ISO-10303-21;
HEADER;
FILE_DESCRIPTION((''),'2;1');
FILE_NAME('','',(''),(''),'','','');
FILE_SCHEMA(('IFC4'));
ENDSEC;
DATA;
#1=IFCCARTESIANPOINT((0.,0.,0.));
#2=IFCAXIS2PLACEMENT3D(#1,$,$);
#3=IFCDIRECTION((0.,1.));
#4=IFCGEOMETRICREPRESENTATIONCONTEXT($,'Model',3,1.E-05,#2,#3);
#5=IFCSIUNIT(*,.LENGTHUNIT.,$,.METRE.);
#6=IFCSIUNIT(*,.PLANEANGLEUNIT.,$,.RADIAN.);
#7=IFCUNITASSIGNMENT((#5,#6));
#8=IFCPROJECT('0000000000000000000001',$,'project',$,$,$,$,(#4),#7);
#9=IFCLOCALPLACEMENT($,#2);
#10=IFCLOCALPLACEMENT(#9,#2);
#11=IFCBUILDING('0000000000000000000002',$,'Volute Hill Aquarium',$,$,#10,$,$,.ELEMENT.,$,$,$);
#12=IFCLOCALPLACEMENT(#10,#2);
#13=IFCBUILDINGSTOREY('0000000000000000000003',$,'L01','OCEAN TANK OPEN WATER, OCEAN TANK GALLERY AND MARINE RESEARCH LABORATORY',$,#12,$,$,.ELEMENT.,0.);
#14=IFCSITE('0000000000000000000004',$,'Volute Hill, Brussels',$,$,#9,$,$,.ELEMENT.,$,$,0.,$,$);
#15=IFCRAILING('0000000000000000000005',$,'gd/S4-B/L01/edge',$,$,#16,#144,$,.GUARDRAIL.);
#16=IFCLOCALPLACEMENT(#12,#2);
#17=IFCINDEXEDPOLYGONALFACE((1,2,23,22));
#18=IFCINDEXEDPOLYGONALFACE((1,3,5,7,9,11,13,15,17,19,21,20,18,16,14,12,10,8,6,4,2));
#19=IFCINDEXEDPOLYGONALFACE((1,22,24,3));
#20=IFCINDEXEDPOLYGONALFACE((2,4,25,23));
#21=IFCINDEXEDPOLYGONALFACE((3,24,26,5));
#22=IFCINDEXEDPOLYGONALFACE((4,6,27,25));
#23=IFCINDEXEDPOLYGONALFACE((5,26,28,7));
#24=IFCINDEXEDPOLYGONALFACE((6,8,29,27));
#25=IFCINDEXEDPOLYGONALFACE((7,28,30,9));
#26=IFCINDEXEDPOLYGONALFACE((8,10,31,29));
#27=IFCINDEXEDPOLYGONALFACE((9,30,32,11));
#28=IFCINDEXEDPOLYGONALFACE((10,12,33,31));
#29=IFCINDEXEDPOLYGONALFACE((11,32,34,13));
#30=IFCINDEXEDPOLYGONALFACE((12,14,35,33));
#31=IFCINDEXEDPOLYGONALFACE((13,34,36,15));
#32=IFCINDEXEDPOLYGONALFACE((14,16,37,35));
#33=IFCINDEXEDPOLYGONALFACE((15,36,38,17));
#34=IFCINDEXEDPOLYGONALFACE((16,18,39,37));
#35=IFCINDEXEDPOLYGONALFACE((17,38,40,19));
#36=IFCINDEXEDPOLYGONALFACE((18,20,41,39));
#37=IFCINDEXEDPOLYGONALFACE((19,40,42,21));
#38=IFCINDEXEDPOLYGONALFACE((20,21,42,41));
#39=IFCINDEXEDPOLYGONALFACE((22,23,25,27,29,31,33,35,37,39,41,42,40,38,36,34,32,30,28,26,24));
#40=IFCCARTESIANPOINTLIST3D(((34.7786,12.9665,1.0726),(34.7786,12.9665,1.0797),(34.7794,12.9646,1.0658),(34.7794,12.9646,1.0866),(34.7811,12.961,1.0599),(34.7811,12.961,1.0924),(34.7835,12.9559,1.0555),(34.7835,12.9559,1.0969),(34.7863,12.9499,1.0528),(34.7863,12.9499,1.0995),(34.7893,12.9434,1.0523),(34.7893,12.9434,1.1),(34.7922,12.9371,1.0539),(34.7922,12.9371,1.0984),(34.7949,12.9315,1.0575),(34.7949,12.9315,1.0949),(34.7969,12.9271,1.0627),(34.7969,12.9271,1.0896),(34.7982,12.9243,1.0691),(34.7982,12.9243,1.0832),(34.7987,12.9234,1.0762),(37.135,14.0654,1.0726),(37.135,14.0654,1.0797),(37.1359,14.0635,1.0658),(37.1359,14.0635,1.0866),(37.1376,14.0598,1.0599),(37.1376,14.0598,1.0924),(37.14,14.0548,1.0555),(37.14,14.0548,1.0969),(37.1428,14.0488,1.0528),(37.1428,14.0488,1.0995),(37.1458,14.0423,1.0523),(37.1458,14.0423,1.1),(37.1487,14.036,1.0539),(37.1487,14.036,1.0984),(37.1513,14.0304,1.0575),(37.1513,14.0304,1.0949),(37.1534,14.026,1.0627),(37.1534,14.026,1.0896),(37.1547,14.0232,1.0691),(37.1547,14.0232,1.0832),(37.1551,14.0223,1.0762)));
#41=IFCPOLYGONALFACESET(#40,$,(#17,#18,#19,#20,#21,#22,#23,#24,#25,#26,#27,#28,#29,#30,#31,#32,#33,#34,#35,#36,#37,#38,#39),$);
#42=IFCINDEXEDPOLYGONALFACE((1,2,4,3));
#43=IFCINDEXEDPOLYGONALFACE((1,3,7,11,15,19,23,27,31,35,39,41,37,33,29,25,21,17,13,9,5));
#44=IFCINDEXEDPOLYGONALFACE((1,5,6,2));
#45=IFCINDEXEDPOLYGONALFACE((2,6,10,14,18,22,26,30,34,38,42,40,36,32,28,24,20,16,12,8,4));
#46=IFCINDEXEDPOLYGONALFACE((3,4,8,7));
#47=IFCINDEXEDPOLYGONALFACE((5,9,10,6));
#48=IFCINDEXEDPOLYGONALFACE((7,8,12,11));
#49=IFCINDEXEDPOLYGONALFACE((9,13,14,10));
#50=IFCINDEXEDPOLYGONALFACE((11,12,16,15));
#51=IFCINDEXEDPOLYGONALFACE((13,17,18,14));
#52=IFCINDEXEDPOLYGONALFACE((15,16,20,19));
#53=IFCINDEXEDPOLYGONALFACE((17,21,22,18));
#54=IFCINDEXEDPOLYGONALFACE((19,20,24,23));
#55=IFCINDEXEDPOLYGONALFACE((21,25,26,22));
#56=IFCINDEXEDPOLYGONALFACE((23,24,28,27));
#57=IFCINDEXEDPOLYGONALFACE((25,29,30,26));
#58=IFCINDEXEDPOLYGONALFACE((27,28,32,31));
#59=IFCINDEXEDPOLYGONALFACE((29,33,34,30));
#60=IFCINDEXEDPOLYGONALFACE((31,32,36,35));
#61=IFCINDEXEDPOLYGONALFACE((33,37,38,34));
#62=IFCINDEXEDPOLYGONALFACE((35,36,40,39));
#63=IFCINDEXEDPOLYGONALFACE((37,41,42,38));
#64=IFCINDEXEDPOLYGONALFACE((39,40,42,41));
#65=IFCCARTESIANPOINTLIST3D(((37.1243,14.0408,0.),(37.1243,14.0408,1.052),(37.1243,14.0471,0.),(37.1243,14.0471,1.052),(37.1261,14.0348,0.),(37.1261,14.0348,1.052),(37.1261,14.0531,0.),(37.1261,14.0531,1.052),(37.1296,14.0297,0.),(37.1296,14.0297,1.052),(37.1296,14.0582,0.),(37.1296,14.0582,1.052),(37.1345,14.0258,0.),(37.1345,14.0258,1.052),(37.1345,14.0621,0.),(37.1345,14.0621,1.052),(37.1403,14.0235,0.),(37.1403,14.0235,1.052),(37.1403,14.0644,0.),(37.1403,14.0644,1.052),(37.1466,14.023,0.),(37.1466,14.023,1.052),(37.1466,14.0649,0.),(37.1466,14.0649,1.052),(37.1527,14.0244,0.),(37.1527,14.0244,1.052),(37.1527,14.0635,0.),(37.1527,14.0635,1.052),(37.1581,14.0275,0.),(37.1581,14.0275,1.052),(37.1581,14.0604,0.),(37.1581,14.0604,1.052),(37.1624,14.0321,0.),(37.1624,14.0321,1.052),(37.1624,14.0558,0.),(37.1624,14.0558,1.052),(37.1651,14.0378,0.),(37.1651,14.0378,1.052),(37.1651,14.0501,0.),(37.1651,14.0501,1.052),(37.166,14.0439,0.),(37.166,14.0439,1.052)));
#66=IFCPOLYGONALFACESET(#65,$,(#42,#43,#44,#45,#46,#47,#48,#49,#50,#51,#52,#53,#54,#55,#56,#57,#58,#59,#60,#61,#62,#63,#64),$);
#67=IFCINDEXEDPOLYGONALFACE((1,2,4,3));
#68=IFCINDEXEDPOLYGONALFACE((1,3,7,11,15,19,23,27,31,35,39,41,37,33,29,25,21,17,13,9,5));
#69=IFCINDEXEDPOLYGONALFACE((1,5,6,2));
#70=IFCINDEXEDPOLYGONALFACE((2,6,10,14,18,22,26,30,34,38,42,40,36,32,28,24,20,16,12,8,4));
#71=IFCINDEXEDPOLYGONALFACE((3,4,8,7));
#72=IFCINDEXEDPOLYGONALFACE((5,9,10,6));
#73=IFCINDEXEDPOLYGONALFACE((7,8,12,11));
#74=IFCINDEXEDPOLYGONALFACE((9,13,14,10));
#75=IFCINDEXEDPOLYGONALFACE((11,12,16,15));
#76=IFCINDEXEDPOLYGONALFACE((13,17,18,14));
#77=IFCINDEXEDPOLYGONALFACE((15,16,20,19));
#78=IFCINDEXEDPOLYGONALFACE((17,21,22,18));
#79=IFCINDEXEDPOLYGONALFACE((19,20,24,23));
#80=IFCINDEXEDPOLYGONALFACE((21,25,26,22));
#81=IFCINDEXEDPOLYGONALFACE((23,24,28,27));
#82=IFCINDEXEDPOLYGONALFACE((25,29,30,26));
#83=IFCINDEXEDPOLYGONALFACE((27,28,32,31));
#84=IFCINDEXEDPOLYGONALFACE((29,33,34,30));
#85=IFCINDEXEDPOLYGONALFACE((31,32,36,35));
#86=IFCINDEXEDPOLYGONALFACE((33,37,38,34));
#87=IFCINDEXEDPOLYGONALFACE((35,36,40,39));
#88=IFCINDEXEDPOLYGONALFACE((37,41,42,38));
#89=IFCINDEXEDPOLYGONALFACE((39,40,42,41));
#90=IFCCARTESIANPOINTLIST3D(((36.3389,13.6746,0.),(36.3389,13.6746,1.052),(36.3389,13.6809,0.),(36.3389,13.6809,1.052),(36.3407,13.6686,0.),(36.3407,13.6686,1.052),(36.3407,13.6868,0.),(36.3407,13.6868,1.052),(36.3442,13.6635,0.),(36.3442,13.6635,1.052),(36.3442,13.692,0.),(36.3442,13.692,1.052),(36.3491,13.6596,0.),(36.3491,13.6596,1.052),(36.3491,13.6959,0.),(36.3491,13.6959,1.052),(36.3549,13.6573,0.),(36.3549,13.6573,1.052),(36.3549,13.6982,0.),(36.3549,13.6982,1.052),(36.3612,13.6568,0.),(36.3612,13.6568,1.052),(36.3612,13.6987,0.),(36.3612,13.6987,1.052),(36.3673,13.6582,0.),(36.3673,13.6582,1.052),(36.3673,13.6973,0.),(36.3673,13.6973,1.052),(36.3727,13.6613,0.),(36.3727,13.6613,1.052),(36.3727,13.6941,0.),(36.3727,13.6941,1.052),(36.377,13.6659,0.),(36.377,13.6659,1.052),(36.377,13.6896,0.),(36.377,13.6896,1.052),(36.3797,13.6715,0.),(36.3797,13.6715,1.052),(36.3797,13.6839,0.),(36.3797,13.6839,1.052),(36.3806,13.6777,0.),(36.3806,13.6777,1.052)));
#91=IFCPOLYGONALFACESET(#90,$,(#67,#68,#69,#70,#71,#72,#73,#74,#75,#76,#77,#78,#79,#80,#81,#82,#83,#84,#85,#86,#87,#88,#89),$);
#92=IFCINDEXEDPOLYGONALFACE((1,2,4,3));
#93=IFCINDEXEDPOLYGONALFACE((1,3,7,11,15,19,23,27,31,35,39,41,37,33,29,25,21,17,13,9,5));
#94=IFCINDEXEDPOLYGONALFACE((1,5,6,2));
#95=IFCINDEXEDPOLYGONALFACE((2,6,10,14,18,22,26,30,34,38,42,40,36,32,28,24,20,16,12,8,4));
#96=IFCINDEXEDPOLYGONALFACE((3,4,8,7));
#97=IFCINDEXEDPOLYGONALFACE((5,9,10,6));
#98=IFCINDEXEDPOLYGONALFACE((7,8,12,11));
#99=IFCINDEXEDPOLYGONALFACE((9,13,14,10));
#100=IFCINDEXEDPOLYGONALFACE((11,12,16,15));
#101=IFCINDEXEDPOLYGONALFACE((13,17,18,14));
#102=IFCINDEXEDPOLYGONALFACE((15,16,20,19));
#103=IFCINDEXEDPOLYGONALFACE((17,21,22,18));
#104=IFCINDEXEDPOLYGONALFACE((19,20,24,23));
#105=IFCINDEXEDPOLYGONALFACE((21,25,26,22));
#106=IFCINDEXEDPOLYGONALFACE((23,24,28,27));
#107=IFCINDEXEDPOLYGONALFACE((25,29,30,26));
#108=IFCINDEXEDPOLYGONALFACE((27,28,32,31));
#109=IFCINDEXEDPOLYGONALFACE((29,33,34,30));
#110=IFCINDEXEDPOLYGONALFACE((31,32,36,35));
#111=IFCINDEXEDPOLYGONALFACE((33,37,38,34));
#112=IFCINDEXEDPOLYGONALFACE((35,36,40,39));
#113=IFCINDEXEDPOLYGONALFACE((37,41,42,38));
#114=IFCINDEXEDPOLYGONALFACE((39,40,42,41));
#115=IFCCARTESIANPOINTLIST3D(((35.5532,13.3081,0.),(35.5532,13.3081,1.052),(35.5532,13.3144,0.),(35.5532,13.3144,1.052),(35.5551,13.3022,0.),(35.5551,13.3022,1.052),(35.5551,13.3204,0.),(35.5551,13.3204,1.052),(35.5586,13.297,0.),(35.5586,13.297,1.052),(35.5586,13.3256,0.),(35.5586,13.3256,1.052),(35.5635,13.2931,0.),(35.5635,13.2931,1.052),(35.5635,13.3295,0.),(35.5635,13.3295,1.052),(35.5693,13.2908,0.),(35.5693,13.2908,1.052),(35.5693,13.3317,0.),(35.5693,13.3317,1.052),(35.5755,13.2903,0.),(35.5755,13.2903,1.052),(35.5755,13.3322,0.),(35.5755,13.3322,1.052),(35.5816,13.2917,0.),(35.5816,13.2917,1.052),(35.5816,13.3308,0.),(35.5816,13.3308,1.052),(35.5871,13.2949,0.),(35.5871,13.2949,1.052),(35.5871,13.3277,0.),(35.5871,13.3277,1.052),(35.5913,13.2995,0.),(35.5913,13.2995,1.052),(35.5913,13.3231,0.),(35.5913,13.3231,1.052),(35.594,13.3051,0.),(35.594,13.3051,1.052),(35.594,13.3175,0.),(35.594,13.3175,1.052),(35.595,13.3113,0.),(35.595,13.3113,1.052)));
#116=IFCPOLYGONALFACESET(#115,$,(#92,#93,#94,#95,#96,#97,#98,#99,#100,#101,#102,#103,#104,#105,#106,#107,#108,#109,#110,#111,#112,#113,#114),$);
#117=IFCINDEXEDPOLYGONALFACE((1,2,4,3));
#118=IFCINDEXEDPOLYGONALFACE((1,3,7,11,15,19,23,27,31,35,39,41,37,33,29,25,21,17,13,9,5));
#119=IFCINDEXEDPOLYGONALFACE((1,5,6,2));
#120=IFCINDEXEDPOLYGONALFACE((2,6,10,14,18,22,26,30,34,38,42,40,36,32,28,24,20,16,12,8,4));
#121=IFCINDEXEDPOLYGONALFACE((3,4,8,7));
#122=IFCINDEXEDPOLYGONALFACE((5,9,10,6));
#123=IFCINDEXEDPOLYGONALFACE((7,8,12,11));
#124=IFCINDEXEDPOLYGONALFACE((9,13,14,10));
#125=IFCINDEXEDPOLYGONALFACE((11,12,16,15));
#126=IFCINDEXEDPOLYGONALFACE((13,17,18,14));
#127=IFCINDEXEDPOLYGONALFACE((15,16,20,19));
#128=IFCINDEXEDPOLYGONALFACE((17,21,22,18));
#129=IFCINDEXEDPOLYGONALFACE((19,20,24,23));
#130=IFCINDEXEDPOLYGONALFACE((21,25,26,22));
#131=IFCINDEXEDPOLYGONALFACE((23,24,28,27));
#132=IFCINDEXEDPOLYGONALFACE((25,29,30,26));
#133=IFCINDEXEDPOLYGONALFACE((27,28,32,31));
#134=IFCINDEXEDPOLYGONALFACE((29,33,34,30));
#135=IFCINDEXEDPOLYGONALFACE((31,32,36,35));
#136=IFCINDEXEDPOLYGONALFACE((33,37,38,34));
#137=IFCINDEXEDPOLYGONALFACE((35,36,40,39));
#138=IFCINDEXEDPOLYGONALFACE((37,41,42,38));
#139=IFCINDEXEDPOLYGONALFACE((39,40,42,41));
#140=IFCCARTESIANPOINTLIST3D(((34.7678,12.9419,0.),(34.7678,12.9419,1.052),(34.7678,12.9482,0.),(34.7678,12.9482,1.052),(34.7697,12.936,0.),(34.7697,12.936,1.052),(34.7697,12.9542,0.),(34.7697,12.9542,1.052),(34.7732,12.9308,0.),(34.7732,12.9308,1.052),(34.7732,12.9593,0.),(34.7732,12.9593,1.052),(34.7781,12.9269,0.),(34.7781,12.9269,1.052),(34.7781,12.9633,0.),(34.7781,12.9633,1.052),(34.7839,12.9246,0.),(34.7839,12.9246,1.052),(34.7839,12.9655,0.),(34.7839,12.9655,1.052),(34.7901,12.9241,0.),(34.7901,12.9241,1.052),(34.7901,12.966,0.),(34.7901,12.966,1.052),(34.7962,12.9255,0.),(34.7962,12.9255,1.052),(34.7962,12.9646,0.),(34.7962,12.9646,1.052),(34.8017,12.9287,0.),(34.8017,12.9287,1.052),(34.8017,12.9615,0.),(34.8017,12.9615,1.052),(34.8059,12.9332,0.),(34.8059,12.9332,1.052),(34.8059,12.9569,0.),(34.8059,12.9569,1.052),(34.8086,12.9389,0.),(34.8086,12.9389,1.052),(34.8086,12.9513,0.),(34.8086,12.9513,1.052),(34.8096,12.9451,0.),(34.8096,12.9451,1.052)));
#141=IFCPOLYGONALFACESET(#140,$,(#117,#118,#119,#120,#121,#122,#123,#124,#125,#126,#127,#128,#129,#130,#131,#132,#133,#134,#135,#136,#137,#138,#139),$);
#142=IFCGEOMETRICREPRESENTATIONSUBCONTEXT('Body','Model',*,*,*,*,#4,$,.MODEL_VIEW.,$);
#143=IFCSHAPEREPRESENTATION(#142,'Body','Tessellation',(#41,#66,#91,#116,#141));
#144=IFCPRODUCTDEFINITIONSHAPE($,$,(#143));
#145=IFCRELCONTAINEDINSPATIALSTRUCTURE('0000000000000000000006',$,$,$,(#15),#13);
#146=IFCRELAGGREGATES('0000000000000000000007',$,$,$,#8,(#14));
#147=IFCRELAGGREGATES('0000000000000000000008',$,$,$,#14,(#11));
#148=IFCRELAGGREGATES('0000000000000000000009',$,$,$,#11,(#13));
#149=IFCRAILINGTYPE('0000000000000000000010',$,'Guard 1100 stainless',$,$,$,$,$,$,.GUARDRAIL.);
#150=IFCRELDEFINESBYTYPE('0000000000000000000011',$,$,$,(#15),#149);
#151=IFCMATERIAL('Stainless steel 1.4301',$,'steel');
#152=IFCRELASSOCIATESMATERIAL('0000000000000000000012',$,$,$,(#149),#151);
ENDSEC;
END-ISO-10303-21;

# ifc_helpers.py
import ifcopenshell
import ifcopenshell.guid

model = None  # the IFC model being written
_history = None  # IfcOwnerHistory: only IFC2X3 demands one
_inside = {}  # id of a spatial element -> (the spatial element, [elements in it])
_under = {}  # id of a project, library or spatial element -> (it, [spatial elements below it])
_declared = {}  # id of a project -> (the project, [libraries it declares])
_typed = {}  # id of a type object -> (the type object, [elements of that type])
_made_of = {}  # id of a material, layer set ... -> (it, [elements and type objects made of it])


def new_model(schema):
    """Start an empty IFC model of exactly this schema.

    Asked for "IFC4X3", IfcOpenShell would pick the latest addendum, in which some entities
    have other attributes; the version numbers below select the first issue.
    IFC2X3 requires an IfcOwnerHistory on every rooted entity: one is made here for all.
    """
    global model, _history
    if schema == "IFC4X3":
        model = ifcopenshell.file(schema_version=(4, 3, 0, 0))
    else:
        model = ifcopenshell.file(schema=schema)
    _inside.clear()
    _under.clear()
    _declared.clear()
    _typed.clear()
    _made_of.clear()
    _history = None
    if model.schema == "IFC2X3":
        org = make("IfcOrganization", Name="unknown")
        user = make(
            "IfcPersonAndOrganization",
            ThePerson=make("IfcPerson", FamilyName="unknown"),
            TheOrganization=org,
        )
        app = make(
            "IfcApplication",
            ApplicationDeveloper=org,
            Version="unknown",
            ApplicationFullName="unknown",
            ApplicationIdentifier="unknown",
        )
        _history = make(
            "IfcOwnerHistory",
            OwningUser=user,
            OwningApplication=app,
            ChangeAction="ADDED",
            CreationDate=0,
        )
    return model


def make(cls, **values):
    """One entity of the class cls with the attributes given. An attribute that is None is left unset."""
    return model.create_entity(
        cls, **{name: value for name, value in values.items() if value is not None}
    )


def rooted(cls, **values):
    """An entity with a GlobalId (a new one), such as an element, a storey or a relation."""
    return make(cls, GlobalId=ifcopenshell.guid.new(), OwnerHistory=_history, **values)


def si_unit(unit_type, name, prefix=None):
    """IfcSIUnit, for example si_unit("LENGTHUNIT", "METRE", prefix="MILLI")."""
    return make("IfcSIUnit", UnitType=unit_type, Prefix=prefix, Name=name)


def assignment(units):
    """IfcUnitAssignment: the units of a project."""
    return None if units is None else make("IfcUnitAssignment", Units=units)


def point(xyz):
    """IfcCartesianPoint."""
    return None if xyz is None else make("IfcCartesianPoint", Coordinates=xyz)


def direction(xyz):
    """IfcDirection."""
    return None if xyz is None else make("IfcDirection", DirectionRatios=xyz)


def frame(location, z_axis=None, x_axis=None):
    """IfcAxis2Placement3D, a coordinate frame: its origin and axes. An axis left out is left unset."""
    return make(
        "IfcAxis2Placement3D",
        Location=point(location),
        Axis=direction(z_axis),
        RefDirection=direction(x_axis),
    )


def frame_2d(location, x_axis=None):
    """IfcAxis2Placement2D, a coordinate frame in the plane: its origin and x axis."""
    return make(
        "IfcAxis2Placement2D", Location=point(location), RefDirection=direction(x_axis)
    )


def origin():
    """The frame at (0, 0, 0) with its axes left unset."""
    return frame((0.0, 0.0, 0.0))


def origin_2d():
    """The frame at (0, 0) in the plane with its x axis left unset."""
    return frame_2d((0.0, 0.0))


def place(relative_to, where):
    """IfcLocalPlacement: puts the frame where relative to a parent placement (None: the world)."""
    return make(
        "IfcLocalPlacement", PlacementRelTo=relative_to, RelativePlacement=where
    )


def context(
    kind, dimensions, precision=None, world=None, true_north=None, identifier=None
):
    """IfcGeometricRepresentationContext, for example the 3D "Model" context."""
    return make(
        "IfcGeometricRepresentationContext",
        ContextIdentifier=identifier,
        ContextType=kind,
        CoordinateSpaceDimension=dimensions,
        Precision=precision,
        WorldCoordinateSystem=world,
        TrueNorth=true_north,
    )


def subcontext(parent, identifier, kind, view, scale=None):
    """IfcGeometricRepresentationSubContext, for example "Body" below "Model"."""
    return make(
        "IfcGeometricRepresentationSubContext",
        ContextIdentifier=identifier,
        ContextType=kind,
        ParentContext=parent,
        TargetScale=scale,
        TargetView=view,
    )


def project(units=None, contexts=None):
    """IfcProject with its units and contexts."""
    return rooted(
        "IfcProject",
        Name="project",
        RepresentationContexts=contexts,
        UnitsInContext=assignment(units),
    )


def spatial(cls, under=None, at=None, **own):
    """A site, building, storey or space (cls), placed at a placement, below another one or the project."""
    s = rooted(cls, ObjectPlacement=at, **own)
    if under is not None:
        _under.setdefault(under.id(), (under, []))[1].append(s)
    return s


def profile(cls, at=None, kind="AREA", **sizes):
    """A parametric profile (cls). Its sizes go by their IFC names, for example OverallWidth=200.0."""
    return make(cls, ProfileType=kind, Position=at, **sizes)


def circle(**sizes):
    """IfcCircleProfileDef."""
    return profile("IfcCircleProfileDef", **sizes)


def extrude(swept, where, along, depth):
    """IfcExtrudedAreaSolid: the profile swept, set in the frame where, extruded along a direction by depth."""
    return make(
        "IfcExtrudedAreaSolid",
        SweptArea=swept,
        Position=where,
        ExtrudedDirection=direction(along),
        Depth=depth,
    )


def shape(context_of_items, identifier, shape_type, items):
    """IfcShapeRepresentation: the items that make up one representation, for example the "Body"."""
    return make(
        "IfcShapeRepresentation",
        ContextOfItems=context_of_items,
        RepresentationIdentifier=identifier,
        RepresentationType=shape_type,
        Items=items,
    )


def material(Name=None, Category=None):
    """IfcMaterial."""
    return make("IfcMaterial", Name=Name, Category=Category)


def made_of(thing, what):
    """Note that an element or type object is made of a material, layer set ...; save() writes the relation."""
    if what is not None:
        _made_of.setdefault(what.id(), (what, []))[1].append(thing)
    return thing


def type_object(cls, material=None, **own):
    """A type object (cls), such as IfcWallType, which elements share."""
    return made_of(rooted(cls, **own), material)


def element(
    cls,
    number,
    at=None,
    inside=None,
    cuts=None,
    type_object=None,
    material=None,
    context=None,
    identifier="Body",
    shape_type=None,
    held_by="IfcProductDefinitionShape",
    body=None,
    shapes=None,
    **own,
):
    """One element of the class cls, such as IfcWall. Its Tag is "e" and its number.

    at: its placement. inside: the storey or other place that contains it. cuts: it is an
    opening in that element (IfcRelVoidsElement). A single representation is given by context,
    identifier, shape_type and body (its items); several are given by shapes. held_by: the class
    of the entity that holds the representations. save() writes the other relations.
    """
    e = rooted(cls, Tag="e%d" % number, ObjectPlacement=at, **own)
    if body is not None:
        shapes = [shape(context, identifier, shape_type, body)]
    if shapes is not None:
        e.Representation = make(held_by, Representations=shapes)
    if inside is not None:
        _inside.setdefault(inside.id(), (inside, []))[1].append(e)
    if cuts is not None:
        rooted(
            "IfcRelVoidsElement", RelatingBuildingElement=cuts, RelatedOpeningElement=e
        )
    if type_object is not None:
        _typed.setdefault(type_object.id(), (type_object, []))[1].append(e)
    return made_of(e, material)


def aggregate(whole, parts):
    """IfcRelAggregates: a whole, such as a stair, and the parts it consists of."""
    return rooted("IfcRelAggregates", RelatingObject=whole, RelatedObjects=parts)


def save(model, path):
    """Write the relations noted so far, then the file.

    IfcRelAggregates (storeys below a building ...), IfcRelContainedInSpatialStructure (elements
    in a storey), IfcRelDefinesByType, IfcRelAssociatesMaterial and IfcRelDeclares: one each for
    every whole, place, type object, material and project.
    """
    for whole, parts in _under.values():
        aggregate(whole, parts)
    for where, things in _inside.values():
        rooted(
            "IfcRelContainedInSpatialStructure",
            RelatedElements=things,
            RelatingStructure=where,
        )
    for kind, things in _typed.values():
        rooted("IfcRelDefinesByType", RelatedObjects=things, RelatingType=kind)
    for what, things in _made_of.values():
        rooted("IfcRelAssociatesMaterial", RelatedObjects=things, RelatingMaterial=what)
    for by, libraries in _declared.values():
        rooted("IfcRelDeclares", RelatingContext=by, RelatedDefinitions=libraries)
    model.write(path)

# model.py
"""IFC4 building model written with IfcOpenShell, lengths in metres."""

from ifc_helpers import new_model, si_unit, direction, frame, origin, origin_2d, place, context, subcontext, project, spatial, circle, extrude, material, type_object, element, save


model = new_model("IFC4")

# Units and contexts
model_context = context("Model", 3, precision=1e-05, world=origin(), true_north=direction((0.0, 1.0)))
body_context = subcontext(model_context, "Body", "Model", "MODEL_VIEW")
ifc_project = project(units=[si_unit("LENGTHUNIT", "METRE"), si_unit("PLANEANGLEUNIT", "RADIAN")], contexts=[model_context])

# Site, building, storey
site_placement = place(None, origin())
site = spatial("IfcSite", under=ifc_project, at=site_placement, Name="Volute Hill, Brussels", CompositionType="ELEMENT", RefElevation=0.0)
building_placement = place(site_placement, origin())
building = spatial("IfcBuilding", under=site, at=building_placement, Name="Volute Hill Aquarium", CompositionType="ELEMENT")
storey_placement = place(building_placement, origin())
storey = spatial("IfcBuildingStorey", under=building, at=storey_placement, Name="L01", Description="OCEAN TANK OPEN WATER, OCEAN TANK GALLERY AND MARINE RESEARCH LABORATORY", CompositionType="ELEMENT", Elevation=0.0)

# Railing
ifc_material_1 = material(Name="Stainless steel 1.4301", Category="steel")
railing_type_1 = type_object("IfcRailingType", Name="Guard 1100 stainless", PredefinedType="GUARDRAIL", material=ifc_material_1)
railing_1_placement = place(storey_placement, frame((37.145, 14.0439, 0.0)))
element("IfcRailing", 1, at=railing_1_placement, inside=storey, type_object=railing_type_1, Name="gd/S4-B/L01/edge", PredefinedType="GUARDRAIL", context=body_context, shape_type="SweptSolid", body=[
    extrude(circle(Radius=0.0239, at=origin_2d()), frame((0.0, 0.0, 1.0762), z_axis=(-0.906301, -0.422634, 0.0), x_axis=(0.422634, -0.906301, 0.0)), (0.0, 0.0, 1.0), 2.6001),
    extrude(circle(Radius=0.021, at=origin_2d()), origin(), (0.0, 0.0, 1.0), 1.052),
    extrude(circle(Radius=0.021, at=origin_2d()), frame((-0.7854, -0.3662, 0.0)), (0.0, 0.0, 1.0), 1.052),
    extrude(circle(Radius=0.021, at=origin_2d()), frame((-1.571, -0.7327, 0.0)), (0.0, 0.0, 1.0), 1.052),
    extrude(circle(Radius=0.021, at=origin_2d()), frame((-2.3564, -1.0989, 0.0)), (0.0, 0.0, 1.0), 1.052),
])

save(model, "model.ifc")
